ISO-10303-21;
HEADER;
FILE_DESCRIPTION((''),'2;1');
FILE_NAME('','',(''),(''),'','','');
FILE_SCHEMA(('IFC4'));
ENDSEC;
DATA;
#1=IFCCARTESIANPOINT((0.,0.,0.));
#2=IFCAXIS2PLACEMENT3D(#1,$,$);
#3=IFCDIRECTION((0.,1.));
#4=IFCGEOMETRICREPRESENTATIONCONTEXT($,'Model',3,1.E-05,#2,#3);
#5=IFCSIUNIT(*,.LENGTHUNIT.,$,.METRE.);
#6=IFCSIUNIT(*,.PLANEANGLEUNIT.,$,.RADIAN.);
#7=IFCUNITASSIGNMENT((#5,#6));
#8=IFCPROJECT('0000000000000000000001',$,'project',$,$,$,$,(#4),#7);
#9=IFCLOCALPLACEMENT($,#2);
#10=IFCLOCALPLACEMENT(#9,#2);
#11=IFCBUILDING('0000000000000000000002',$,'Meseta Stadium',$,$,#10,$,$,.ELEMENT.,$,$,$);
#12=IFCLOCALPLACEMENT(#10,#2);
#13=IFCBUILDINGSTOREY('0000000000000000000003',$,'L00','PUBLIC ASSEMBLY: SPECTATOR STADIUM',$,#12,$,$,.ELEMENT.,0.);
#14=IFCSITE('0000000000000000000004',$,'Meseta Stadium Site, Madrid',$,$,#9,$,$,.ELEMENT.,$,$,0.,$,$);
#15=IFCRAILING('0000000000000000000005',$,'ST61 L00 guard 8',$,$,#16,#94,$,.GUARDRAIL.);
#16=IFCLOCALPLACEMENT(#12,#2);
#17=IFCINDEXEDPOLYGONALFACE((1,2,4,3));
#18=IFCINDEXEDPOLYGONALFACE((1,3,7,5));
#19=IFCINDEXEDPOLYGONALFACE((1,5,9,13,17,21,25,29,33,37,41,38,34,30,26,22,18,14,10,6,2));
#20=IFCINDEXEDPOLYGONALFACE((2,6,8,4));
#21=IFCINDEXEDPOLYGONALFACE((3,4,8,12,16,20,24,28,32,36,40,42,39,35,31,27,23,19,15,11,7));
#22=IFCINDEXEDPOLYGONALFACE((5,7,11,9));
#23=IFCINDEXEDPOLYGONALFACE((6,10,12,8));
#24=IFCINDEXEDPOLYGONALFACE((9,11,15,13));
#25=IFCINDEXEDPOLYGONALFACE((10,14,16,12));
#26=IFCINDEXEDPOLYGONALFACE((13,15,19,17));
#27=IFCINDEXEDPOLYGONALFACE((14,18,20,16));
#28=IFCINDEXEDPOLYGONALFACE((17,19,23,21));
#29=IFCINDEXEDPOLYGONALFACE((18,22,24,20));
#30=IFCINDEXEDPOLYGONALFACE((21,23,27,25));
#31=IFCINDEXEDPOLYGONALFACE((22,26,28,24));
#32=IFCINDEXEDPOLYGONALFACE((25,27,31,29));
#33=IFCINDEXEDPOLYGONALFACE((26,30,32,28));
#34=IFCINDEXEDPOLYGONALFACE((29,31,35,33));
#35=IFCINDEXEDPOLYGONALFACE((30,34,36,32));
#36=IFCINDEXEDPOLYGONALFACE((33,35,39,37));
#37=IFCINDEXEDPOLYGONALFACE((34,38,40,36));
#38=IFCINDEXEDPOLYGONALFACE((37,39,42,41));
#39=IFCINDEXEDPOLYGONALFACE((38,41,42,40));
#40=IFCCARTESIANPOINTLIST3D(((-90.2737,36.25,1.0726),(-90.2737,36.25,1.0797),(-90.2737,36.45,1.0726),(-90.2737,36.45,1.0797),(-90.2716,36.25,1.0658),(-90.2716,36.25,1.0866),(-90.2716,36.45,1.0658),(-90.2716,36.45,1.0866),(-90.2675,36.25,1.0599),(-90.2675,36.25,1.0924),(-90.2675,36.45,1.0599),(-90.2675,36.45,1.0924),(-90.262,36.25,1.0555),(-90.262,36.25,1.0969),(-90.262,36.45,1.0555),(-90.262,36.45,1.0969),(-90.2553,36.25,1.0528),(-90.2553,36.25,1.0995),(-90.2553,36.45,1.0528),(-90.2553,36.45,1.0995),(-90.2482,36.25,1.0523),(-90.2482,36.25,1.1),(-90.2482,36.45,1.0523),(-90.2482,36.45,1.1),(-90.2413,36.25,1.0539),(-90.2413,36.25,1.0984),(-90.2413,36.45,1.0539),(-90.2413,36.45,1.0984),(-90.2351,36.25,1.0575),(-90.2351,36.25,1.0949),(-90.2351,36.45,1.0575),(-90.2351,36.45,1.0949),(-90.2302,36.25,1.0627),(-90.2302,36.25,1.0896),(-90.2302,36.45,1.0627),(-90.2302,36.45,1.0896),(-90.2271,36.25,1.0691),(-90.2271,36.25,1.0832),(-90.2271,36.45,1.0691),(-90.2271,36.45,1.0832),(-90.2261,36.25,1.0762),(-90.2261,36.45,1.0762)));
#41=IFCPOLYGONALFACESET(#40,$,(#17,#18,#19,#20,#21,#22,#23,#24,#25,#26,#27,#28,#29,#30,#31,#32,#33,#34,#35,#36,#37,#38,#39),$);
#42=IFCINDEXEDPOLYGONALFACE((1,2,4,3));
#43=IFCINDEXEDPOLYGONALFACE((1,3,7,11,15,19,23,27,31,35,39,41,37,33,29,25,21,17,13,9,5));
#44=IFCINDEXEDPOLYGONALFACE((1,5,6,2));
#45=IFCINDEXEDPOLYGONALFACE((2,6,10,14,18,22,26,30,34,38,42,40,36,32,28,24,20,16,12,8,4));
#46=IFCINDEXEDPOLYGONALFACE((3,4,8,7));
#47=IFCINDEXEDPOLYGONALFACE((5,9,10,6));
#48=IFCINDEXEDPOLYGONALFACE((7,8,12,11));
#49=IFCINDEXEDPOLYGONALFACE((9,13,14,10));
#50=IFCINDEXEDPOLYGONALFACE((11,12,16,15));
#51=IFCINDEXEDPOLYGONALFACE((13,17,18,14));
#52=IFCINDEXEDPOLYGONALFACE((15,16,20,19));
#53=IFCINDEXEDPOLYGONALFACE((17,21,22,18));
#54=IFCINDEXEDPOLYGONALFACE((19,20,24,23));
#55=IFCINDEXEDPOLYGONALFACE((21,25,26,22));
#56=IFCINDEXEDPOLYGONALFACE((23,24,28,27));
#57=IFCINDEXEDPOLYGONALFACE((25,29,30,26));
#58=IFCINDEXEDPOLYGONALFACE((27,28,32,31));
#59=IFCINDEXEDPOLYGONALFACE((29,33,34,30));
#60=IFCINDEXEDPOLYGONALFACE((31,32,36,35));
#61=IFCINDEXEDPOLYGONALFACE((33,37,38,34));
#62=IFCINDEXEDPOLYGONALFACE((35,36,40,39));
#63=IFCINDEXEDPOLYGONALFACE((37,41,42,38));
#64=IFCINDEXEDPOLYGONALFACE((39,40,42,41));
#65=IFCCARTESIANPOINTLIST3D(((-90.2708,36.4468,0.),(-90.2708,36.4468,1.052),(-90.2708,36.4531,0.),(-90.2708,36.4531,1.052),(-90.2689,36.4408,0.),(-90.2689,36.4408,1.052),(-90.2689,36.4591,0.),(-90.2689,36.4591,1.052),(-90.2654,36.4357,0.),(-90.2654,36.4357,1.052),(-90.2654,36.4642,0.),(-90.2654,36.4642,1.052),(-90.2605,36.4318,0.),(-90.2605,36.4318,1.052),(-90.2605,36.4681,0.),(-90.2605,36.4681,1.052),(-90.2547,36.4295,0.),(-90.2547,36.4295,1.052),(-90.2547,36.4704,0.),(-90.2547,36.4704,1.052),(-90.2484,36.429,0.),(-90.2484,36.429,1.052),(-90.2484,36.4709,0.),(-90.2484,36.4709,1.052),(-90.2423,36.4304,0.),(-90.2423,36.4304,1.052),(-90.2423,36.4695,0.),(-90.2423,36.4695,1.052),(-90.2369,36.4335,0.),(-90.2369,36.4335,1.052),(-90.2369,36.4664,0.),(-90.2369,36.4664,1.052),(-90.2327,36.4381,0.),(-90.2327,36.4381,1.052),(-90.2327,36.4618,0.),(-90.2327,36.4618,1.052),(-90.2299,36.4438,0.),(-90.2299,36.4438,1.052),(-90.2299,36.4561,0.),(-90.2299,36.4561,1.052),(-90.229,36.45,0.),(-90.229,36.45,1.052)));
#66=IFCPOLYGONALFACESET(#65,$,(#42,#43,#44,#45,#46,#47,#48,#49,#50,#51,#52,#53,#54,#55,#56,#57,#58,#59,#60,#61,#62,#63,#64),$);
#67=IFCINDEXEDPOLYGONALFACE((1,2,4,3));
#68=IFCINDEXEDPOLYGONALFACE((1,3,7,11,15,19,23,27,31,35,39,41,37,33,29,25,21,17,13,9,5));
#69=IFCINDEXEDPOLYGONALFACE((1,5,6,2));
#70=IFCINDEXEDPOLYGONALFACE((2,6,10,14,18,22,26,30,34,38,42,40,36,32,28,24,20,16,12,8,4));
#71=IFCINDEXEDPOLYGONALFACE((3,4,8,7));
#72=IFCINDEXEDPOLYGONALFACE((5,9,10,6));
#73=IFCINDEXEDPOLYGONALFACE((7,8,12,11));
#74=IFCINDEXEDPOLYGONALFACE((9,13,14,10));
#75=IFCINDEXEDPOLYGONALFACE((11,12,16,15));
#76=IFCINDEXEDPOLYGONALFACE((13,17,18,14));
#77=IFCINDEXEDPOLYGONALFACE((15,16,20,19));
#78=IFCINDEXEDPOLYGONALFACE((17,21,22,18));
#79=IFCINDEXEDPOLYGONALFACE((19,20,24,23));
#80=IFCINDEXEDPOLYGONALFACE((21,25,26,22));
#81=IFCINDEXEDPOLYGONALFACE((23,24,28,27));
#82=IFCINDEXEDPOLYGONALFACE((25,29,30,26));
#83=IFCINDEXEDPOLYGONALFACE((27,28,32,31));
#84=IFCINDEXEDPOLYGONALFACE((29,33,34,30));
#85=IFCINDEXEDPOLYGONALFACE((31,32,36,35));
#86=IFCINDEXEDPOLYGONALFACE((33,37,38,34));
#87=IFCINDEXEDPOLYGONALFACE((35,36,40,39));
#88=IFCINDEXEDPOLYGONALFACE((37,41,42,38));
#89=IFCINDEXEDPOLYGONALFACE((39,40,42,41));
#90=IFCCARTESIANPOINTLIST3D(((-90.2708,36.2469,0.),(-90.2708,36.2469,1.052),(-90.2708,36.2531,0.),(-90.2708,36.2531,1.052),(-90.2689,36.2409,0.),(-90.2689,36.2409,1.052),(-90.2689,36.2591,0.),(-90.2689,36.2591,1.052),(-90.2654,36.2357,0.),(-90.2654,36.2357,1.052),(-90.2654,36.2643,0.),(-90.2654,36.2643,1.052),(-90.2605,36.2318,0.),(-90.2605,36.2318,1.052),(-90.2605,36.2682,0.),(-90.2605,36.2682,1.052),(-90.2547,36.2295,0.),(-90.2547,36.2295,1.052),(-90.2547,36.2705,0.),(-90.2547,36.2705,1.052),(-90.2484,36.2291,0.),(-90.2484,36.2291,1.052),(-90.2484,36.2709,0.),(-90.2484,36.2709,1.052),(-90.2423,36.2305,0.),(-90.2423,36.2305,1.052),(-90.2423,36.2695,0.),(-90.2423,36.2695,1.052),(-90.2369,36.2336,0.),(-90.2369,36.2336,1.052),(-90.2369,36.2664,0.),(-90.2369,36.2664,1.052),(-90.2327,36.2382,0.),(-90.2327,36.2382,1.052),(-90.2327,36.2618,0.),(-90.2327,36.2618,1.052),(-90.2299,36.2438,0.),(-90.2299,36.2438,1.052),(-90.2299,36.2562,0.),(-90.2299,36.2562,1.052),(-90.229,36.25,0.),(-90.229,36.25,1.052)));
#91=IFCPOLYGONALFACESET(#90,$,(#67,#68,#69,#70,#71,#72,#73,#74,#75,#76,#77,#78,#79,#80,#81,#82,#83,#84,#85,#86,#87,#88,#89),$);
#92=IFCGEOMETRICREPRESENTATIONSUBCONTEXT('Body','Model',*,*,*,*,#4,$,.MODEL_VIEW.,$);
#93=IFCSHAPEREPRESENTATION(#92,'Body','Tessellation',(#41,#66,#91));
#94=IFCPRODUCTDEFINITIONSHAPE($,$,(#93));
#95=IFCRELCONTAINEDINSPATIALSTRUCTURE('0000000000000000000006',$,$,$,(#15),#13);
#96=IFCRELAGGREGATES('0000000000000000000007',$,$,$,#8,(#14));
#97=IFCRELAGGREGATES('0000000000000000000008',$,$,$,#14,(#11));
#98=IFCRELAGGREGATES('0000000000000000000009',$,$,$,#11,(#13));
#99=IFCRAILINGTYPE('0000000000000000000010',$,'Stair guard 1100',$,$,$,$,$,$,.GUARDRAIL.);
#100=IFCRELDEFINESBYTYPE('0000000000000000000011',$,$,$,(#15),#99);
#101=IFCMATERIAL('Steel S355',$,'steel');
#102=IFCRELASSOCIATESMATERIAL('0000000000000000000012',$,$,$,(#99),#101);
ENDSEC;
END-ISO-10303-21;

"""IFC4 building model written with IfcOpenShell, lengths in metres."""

from ifc_helpers import new_model, si_unit, direction, frame, origin, origin_2d, place, context, subcontext, project, spatial, circle, extrude, material, type_object, element, save


model = new_model("IFC4")

# Units and contexts
model_context = context("Model", 3, precision=1e-05, world=origin(), true_north=direction((0.0, 1.0)))
body_context = subcontext(model_context, "Body", "Model", "MODEL_VIEW")
ifc_project = project(units=[si_unit("LENGTHUNIT", "METRE"), si_unit("PLANEANGLEUNIT", "RADIAN")], contexts=[model_context])

# Site, building, storey
site_placement = place(None, origin())
site = spatial("IfcSite", under=ifc_project, at=site_placement, Name="Meseta Stadium Site, Madrid", CompositionType="ELEMENT", RefElevation=0.0)
building_placement = place(site_placement, origin())
building = spatial("IfcBuilding", under=site, at=building_placement, Name="Meseta Stadium", CompositionType="ELEMENT")
storey_placement = place(building_placement, origin())
storey = spatial("IfcBuildingStorey", under=building, at=storey_placement, Name="L00", Description="PUBLIC ASSEMBLY: SPECTATOR STADIUM", CompositionType="ELEMENT", Elevation=0.0)

# Railing
ifc_material_1 = material(Name="Steel S355", Category="steel")
railing_type_1 = type_object("IfcRailingType", Name="Stair guard 1100", PredefinedType="GUARDRAIL", material=ifc_material_1)
railing_1_placement = place(storey_placement, frame((-90.25, 36.45, 0.0)))
element("IfcRailing", 1, at=railing_1_placement, inside=storey, type_object=railing_type_1, Name="ST61 L00 guard 8", PredefinedType="GUARDRAIL", context=body_context, shape_type="SweptSolid", body=[
    extrude(circle(Radius=0.0239, at=origin_2d()), frame((0.0, 0.0, 1.0762), z_axis=(0.0, -1.0, 0.0), x_axis=(1.0, 0.0, 0.0)), (0.0, 0.0, 1.0), 0.2),
    extrude(circle(Radius=0.021, at=origin_2d()), origin(), (0.0, 0.0, 1.0), 1.052),
    extrude(circle(Radius=0.021, at=origin_2d()), frame((0.0, -0.2, 0.0)), (0.0, 0.0, 1.0), 1.052),
])

save(model, "model.ifc")
